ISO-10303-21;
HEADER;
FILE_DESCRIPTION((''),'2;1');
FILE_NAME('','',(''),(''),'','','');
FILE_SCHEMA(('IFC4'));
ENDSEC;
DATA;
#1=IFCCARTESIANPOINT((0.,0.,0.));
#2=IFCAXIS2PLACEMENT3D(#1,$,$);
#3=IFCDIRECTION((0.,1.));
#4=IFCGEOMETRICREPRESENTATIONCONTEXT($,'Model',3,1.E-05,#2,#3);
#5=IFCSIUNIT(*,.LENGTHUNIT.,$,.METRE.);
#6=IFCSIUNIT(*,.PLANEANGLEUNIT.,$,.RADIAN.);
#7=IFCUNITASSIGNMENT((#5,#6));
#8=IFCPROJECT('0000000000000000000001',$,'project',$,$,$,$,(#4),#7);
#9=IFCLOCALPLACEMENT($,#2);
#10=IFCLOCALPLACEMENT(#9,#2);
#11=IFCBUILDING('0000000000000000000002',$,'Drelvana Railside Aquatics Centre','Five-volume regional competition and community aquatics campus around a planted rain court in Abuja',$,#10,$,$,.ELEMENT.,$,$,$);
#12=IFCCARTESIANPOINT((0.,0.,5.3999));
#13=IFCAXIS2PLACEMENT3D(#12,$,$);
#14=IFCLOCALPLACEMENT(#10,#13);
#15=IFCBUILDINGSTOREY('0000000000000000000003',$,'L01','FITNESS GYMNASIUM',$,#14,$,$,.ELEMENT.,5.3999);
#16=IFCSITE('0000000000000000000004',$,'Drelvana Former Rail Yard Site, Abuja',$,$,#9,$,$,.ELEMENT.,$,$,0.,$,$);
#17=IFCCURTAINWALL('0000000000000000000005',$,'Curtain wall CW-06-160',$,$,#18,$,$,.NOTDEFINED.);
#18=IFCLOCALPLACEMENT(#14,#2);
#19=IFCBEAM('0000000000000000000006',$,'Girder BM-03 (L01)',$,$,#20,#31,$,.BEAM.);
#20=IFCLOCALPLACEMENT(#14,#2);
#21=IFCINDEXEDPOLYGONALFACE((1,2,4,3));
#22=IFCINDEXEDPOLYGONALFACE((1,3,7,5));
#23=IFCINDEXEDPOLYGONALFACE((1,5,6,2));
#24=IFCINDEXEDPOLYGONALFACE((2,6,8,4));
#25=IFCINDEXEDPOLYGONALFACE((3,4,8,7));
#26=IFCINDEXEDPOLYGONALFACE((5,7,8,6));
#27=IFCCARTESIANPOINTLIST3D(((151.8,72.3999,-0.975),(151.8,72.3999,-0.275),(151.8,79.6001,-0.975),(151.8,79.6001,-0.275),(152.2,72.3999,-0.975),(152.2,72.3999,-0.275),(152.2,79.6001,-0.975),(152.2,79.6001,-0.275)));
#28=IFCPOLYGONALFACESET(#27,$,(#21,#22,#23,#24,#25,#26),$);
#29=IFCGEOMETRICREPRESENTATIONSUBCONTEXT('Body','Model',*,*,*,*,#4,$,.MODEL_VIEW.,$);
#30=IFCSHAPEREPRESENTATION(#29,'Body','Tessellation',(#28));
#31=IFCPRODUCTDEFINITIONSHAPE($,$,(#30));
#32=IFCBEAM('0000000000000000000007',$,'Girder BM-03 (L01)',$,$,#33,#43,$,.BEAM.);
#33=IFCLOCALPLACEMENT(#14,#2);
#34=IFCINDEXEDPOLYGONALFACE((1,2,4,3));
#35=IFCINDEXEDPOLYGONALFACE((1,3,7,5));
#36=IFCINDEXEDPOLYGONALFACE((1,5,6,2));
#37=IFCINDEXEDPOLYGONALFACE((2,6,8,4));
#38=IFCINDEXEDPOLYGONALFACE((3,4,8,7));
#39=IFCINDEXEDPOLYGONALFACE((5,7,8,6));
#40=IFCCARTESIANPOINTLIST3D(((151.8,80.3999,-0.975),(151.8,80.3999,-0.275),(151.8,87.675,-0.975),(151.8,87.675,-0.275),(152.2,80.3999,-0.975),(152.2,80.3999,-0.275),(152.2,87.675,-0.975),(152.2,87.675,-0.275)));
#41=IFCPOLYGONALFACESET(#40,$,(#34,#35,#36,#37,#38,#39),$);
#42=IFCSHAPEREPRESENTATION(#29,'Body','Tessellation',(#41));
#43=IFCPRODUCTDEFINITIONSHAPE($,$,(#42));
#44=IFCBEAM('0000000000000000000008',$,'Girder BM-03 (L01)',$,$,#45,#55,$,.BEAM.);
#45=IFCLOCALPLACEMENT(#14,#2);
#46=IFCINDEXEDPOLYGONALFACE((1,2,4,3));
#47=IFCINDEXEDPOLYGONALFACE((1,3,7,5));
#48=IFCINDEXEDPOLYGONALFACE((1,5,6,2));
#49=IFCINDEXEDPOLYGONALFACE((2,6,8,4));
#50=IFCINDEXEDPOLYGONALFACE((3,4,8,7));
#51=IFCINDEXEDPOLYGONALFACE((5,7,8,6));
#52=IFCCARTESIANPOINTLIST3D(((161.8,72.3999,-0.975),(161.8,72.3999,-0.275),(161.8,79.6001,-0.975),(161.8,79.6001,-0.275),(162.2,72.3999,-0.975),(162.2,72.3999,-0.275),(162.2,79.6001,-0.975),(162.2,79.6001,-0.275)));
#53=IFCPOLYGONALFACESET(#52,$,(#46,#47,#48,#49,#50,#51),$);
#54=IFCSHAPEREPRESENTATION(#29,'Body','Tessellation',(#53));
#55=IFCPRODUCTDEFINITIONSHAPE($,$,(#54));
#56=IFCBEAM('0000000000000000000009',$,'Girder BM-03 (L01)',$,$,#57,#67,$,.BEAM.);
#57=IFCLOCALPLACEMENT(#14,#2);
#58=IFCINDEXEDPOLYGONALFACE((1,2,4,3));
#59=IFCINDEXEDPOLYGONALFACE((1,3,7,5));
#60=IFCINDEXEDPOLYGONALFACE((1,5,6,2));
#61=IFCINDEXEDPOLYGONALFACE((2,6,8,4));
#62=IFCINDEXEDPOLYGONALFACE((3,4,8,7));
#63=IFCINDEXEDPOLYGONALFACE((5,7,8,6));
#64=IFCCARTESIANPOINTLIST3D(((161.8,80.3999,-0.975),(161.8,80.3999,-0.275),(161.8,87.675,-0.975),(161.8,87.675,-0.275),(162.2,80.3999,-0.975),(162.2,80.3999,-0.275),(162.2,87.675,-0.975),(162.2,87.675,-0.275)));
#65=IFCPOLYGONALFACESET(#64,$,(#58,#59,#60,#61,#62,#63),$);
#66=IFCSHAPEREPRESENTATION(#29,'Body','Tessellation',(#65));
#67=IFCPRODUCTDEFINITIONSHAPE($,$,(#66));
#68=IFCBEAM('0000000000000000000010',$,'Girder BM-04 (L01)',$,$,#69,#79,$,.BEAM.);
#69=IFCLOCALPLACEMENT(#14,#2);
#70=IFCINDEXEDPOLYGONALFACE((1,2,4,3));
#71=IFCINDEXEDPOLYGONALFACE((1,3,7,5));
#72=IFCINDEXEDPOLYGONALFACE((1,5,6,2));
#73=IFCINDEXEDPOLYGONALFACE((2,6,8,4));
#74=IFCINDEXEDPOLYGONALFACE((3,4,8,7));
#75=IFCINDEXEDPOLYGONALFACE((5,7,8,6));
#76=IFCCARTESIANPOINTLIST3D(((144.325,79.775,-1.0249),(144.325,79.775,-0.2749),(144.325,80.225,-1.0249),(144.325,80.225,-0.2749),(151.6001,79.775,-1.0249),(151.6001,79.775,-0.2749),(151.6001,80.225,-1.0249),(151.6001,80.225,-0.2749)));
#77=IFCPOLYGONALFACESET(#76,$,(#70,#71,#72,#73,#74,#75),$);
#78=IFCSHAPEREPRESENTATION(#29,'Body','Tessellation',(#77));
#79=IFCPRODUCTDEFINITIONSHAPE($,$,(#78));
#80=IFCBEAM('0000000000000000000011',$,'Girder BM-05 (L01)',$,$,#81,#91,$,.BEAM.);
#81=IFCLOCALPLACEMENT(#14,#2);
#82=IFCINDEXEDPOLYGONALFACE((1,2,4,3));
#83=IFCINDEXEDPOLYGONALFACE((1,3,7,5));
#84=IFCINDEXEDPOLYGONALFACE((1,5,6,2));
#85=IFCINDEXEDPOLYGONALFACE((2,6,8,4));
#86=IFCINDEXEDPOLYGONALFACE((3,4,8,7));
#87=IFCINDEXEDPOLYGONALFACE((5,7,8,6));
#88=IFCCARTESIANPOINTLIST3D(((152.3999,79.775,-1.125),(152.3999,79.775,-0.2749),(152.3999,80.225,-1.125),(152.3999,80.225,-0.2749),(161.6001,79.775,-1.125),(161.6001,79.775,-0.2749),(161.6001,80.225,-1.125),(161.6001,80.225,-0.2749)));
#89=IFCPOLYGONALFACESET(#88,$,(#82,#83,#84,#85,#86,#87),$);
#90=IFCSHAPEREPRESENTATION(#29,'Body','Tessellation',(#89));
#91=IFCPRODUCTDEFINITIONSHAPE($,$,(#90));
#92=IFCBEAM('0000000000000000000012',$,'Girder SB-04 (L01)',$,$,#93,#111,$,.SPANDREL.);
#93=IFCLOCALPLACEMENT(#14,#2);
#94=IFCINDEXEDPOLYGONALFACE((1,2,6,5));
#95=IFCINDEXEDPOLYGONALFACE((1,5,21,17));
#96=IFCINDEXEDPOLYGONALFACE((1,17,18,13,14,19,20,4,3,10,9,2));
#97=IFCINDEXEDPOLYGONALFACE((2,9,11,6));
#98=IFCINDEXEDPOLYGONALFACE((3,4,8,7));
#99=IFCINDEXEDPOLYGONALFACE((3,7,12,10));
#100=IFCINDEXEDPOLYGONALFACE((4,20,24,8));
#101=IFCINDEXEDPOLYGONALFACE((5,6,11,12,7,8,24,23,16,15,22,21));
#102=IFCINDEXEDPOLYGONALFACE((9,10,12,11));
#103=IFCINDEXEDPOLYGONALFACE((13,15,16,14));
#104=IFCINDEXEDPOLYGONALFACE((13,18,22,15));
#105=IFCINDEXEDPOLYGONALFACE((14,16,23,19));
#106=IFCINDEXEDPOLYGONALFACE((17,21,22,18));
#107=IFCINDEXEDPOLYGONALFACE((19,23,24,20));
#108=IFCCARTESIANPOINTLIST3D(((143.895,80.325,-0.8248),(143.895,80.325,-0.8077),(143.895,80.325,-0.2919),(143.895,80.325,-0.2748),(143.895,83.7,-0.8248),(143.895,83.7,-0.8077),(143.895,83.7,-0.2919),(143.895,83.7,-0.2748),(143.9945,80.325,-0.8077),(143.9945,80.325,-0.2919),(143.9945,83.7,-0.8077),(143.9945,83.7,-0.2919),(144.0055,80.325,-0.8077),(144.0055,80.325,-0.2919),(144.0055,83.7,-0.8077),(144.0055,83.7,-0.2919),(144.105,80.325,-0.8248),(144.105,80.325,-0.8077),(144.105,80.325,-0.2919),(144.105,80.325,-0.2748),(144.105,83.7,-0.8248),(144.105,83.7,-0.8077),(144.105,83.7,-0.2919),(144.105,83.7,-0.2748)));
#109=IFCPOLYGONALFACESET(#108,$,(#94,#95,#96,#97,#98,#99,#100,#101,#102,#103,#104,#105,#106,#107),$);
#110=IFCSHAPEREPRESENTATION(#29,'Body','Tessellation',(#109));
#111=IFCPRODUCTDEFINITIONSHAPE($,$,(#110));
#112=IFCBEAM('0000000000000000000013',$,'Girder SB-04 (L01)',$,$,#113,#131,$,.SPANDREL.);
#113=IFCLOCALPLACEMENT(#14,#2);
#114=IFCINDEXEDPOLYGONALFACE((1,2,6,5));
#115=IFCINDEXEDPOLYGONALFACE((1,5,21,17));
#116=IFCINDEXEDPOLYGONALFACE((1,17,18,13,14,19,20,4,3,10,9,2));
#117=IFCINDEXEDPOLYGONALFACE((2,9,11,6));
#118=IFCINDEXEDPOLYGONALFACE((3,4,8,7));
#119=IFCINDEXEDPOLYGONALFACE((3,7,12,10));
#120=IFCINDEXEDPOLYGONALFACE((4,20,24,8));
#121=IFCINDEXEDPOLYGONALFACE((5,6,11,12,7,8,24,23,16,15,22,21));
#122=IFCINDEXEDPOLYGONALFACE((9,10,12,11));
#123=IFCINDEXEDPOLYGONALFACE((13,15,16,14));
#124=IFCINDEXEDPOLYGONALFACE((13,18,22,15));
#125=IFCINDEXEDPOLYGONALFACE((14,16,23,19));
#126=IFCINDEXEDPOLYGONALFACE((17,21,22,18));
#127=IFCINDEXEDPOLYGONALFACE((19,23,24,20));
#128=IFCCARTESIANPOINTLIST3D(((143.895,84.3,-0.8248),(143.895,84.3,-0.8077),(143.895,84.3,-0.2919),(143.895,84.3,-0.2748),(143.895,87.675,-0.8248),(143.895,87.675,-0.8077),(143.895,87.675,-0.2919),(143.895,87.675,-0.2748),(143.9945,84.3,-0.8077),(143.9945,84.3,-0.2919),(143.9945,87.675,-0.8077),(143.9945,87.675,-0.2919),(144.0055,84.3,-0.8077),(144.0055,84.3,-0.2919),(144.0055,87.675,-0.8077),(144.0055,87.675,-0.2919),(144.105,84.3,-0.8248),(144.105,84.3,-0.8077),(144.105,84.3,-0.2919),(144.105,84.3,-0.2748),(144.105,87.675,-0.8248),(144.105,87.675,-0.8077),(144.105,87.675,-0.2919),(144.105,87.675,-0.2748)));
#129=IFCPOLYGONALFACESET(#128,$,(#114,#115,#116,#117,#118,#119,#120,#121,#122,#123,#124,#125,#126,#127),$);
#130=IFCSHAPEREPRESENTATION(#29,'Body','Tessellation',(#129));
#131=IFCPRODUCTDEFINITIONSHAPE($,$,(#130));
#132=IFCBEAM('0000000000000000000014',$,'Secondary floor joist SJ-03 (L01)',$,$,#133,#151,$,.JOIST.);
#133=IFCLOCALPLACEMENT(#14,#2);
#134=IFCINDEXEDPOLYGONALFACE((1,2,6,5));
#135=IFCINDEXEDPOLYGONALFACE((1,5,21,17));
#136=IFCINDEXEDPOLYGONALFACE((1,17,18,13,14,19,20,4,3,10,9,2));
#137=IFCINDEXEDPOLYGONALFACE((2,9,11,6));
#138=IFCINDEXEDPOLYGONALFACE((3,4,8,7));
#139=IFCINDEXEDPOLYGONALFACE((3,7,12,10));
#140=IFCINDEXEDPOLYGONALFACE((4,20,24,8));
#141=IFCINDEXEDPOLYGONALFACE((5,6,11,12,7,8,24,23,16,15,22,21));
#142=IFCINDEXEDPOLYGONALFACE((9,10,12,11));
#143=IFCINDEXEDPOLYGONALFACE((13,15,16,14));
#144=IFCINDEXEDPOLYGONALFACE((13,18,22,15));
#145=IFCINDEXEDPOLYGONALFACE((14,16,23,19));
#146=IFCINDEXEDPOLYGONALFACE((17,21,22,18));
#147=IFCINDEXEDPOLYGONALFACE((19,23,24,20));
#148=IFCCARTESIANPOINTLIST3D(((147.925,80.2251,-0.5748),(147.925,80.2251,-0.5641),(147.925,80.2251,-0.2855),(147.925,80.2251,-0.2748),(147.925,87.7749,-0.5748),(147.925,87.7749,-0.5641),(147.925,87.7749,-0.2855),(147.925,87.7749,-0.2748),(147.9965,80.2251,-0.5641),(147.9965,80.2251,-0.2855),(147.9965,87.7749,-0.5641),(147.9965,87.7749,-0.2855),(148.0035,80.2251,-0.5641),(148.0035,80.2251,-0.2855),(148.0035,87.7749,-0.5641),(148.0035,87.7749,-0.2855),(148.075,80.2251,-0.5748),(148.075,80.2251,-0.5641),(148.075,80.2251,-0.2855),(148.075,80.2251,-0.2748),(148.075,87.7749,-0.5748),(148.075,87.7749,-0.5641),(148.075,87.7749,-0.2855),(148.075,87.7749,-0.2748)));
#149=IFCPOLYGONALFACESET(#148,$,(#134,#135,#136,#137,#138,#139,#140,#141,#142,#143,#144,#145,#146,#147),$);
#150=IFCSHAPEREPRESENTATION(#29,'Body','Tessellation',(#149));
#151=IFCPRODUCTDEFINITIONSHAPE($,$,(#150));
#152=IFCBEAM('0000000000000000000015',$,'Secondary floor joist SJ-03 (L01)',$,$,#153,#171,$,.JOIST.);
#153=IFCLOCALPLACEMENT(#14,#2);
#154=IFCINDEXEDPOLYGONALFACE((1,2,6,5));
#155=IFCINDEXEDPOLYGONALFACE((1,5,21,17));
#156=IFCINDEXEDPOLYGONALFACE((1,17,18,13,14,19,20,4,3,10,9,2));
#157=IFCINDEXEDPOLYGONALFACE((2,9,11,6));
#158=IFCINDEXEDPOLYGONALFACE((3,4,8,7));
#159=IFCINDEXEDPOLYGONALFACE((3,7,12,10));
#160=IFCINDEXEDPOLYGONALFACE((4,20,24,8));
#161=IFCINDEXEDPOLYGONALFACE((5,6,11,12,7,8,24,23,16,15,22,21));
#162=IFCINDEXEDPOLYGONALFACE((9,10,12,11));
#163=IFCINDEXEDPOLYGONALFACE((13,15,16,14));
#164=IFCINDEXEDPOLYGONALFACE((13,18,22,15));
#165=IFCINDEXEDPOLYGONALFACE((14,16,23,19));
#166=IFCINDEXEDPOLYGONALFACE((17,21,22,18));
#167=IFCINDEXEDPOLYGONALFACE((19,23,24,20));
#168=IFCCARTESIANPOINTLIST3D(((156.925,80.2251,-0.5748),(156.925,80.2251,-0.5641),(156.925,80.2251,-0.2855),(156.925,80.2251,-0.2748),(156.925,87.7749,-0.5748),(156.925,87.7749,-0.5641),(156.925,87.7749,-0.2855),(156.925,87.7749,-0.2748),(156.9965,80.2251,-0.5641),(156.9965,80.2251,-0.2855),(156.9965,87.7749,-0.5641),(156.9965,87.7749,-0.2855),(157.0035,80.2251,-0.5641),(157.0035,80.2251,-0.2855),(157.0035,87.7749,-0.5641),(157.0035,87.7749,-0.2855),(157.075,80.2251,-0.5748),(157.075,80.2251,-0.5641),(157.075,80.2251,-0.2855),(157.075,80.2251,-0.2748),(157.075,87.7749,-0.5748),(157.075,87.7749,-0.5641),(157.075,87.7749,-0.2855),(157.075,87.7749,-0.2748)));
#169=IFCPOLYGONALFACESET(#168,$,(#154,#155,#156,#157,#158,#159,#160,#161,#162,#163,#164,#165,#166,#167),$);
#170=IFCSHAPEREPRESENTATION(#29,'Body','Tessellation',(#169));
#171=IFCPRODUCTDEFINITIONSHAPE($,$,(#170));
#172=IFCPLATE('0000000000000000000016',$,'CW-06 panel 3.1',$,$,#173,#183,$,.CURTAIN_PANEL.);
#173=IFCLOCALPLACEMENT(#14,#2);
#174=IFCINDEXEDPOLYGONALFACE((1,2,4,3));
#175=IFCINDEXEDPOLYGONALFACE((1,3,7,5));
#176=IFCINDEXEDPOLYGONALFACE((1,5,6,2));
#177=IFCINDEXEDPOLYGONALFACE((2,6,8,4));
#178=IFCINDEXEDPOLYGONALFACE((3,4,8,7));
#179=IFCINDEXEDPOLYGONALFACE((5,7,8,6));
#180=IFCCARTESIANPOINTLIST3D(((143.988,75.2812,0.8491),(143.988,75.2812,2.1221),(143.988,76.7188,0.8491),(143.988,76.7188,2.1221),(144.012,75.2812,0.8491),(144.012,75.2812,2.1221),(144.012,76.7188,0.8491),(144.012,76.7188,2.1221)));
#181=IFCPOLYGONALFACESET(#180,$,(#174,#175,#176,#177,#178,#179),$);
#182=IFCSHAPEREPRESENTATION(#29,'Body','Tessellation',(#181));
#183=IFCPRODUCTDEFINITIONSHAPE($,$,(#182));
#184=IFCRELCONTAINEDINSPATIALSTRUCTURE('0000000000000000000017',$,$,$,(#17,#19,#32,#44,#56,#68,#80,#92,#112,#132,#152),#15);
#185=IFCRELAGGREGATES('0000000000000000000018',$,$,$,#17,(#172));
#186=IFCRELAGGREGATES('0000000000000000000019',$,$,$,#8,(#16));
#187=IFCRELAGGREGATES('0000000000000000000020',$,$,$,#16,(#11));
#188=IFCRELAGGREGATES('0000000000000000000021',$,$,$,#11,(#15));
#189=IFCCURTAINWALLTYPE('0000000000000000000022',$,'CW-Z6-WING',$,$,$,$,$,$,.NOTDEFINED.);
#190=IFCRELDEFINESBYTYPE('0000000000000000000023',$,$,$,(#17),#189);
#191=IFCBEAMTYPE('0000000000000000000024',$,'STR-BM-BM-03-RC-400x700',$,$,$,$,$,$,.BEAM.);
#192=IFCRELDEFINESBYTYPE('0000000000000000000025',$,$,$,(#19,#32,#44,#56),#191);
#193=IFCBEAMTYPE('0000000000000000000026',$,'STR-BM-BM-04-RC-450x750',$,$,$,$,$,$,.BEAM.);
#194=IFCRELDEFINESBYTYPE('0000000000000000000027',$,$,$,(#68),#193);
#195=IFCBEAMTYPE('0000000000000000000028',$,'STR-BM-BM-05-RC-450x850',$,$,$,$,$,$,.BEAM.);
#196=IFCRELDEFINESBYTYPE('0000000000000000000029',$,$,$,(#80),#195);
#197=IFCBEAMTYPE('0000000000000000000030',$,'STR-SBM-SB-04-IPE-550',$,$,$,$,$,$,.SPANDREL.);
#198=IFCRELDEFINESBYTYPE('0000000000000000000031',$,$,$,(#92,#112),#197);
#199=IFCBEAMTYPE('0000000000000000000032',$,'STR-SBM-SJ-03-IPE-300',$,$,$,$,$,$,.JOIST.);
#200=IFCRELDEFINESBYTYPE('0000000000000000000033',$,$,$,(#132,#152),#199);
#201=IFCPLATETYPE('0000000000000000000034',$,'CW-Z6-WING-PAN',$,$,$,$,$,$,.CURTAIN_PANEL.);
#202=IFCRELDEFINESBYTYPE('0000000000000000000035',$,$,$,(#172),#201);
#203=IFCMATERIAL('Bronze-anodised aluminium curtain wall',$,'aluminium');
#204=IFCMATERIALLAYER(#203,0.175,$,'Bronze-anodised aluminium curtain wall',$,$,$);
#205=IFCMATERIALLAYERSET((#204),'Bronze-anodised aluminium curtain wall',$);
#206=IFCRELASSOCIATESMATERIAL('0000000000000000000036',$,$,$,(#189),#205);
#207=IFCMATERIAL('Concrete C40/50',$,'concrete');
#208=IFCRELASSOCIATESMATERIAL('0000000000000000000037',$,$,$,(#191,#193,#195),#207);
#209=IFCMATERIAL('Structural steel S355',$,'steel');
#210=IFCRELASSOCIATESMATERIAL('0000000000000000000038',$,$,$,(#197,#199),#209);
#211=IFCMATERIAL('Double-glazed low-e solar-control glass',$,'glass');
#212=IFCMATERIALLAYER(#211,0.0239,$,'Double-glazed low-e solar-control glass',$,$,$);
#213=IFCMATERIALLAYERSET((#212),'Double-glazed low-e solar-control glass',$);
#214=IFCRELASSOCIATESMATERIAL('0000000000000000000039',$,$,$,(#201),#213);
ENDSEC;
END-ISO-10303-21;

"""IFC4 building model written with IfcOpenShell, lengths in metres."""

from ifc_helpers import new_model, si_unit, direction, frame, origin, origin_2d, place, context, subcontext, project, spatial, rectangle, i_section, extrude, material, layer, layer_set, material_profile, profile_set, type_object, element, aggregate, save


model = new_model("IFC4")

# Units and contexts
model_context = context("Model", 3, precision=1e-05, world=origin(), true_north=direction((0.0, 1.0)))
body_context = subcontext(model_context, "Body", "Model", "MODEL_VIEW")
ifc_project = project(units=[si_unit("LENGTHUNIT", "METRE"), si_unit("PLANEANGLEUNIT", "RADIAN")], contexts=[model_context])

# Site, building, storey
site_placement = place(None, origin())
site = spatial("IfcSite", under=ifc_project, at=site_placement, Name="Drelvana Former Rail Yard Site, Abuja", CompositionType="ELEMENT", RefElevation=0.0)
building_placement = place(site_placement, origin())
building = spatial("IfcBuilding", under=site, at=building_placement, Name="Drelvana Railside Aquatics Centre", Description="Five-volume regional competition and community aquatics campus around a planted rain court in Abuja", CompositionType="ELEMENT")
storey_placement = place(building_placement, frame((0.0, 0.0, 5.3999)))
storey = spatial("IfcBuildingStorey", under=building, at=storey_placement, Name="L01", Description="FITNESS GYMNASIUM", CompositionType="ELEMENT", Elevation=5.3999)

# Shared definitions
ifc_material_1 = material(Name="Concrete C40/50", Category="concrete")

# Curtain wall
ifc_material_2 = material(Name="Bronze-anodised aluminium curtain wall", Category="aluminium")
ifc_layer_1 = layer(ifc_material_2, 0.175, Name="Bronze-anodised aluminium curtain wall")
ifc_layer_set_1 = layer_set([ifc_layer_1], Name="Bronze-anodised aluminium curtain wall")
curtain_wall_type = type_object("IfcCurtainWallType", Name="CW-Z6-WING", PredefinedType="NOTDEFINED", material=ifc_layer_set_1)
curtain_wall_placement = place(storey_placement, origin())
curtain_wall = element("IfcCurtainWall", 1, at=curtain_wall_placement, inside=storey, type_object=curtain_wall_type, Name="Curtain wall CW-06-160", PredefinedType="NOTDEFINED")

# Beams
ifc_material_profile_1 = material_profile(ifc_material_1, rectangle(XDim=0.3999, YDim=0.7, at=origin_2d()), Name="RC 400x700")
ifc_profile_set_1 = profile_set([ifc_material_profile_1], Name="Concrete C40/50")
beam_type_1 = type_object("IfcBeamType", Name="STR-BM-BM-03-RC-400x700", PredefinedType="BEAM", material=ifc_profile_set_1)
beam_1_placement = place(storey_placement, frame((152.0, 72.3999, -0.625), z_axis=(0.0, 1.0, 0.0), x_axis=(-1.0, 0.0, 0.0)))
element("IfcBeam", 2, at=beam_1_placement, inside=storey, type_object=beam_type_1, Name="Girder BM-03 (L01)", PredefinedType="BEAM", context=body_context, shape_type="SweptSolid", body=[
    extrude(rectangle(XDim=0.3999, YDim=0.7, at=origin_2d()), origin(), (0.0, 0.0, 1.0), 7.2002),
])
beam_2_placement = place(storey_placement, frame((152.0, 80.3999, -0.625), z_axis=(0.0, 1.0, 0.0), x_axis=(-1.0, 0.0, 0.0)))
element("IfcBeam", 3, at=beam_2_placement, inside=storey, type_object=beam_type_1, Name="Girder BM-03 (L01)", PredefinedType="BEAM", context=body_context, shape_type="SweptSolid", body=[
    extrude(rectangle(XDim=0.3999, YDim=0.7, at=origin_2d()), origin(), (0.0, 0.0, 1.0), 7.2751),
])
beam_3_placement = place(storey_placement, frame((162.0, 72.3999, -0.625), z_axis=(0.0, 1.0, 0.0), x_axis=(-1.0, 0.0, 0.0)))
element("IfcBeam", 4, at=beam_3_placement, inside=storey, type_object=beam_type_1, Name="Girder BM-03 (L01)", PredefinedType="BEAM", context=body_context, shape_type="SweptSolid", body=[
    extrude(rectangle(XDim=0.3999, YDim=0.7, at=origin_2d()), origin(), (0.0, 0.0, 1.0), 7.2002),
])
beam_4_placement = place(storey_placement, frame((162.0, 80.3999, -0.625), z_axis=(0.0, 1.0, 0.0), x_axis=(-1.0, 0.0, 0.0)))
element("IfcBeam", 5, at=beam_4_placement, inside=storey, type_object=beam_type_1, Name="Girder BM-03 (L01)", PredefinedType="BEAM", context=body_context, shape_type="SweptSolid", body=[
    extrude(rectangle(XDim=0.3999, YDim=0.7, at=origin_2d()), origin(), (0.0, 0.0, 1.0), 7.2751),
])
ifc_material_profile_2 = material_profile(ifc_material_1, rectangle(XDim=0.45, YDim=0.75, at=origin_2d()), Name="RC 450x750")
ifc_profile_set_2 = profile_set([ifc_material_profile_2], Name="Concrete C40/50")
beam_type_2 = type_object("IfcBeamType", Name="STR-BM-BM-04-RC-450x750", PredefinedType="BEAM", material=ifc_profile_set_2)
beam_5_placement = place(storey_placement, frame((144.325, 80.0, -0.6499), z_axis=(1.0, 0.0, 0.0), x_axis=(0.0, 1.0, 0.0)))
element("IfcBeam", 6, at=beam_5_placement, inside=storey, type_object=beam_type_2, Name="Girder BM-04 (L01)", PredefinedType="BEAM", context=body_context, shape_type="SweptSolid", body=[
    extrude(rectangle(XDim=0.45, YDim=0.75, at=origin_2d()), origin(), (0.0, 0.0, 1.0), 7.2751),
])
ifc_material_profile_3 = material_profile(ifc_material_1, rectangle(XDim=0.45, YDim=0.8501, at=origin_2d()), Name="RC 450x850")
ifc_profile_set_3 = profile_set([ifc_material_profile_3], Name="Concrete C40/50")
beam_type_3 = type_object("IfcBeamType", Name="STR-BM-BM-05-RC-450x850", PredefinedType="BEAM", material=ifc_profile_set_3)
beam_6_placement = place(storey_placement, frame((152.3999, 80.0, -0.7), z_axis=(1.0, 0.0, 0.0), x_axis=(0.0, 1.0, 0.0)))
element("IfcBeam", 7, at=beam_6_placement, inside=storey, type_object=beam_type_3, Name="Girder BM-05 (L01)", PredefinedType="BEAM", context=body_context, shape_type="SweptSolid", body=[
    extrude(rectangle(XDim=0.45, YDim=0.8501, at=origin_2d()), origin(), (0.0, 0.0, 1.0), 9.2002),
])
ifc_material_3 = material(Name="Structural steel S355", Category="steel")
ifc_material_profile_4 = material_profile(ifc_material_3, i_section(OverallWidth=0.21, OverallDepth=0.55, WebThickness=0.011, FlangeThickness=0.0171, at=origin_2d()), Name="IPE 550")
ifc_profile_set_4 = profile_set([ifc_material_profile_4], Name="Structural steel S355")
beam_type_4 = type_object("IfcBeamType", Name="STR-SBM-SB-04-IPE-550", PredefinedType="SPANDREL", material=ifc_profile_set_4)
for number, where, z_axis, x_axis, name in (
    (8, (144.0, 80.325, -0.5498), (0.0, 1.0, 0.0), (-1.0, 0.0, 0.0), "Girder SB-04 (L01)"),
    (9, (144.0, 84.3, -0.5498), (0.0, 1.0, 0.0), (-1.0, 0.0, 0.0), "Girder SB-04 (L01)"),
):
    element("IfcBeam", number, at=place(storey_placement, frame(where, z_axis=z_axis, x_axis=x_axis)), inside=storey, type_object=beam_type_4, Name=name, PredefinedType="SPANDREL", context=body_context, shape_type="SweptSolid", body=[
        extrude(i_section(OverallWidth=0.21, OverallDepth=0.55, WebThickness=0.011, FlangeThickness=0.0171, at=origin_2d()), origin(), (0.0, 0.0, 1.0), 3.375),
    ])
ifc_material_profile_5 = material_profile(ifc_material_3, i_section(OverallWidth=0.1499, OverallDepth=0.3, WebThickness=0.0071, FlangeThickness=0.0107, at=origin_2d()), Name="IPE 300")
ifc_profile_set_5 = profile_set([ifc_material_profile_5], Name="Structural steel S355")
beam_type_5 = type_object("IfcBeamType", Name="STR-SBM-SJ-03-IPE-300", PredefinedType="JOIST", material=ifc_profile_set_5)
for number, where, z_axis, x_axis, name in (
    (10, (148.0, 80.2251, -0.4248), (0.0, 1.0, 0.0), (-1.0, 0.0, 0.0), "Secondary floor joist SJ-03 (L01)"),
    (11, (157.0, 80.2251, -0.4248), (0.0, 1.0, 0.0), (-1.0, 0.0, 0.0), "Secondary floor joist SJ-03 (L01)"),
):
    element("IfcBeam", number, at=place(storey_placement, frame(where, z_axis=z_axis, x_axis=x_axis)), inside=storey, type_object=beam_type_5, Name=name, PredefinedType="JOIST", context=body_context, shape_type="SweptSolid", body=[
        extrude(i_section(OverallWidth=0.1499, OverallDepth=0.3, WebThickness=0.0071, FlangeThickness=0.0107, at=origin_2d()), origin(), (0.0, 0.0, 1.0), 7.5498),
    ])

# Plate
ifc_material_4 = material(Name="Double-glazed low-e solar-control glass", Category="glass")
ifc_layer_2 = layer(ifc_material_4, 0.0239, Name="Double-glazed low-e solar-control glass")
ifc_layer_set_2 = layer_set([ifc_layer_2], Name="Double-glazed low-e solar-control glass")
plate_type = type_object("IfcPlateType", Name="CW-Z6-WING-PAN", PredefinedType="CURTAIN_PANEL", material=ifc_layer_set_2)
plate_1_placement = place(storey_placement, frame((144.0, 76.0, 0.8491), z_axis=(0.0, 0.0, 1.0), x_axis=(0.0, 1.0, 0.0)))
plate_1 = element("IfcPlate", 12, at=plate_1_placement, type_object=plate_type, Name="CW-06 panel 3.1", PredefinedType="CURTAIN_PANEL", context=body_context, shape_type="SweptSolid", body=[
    extrude(rectangle(XDim=1.4375, YDim=0.0239, at=origin_2d()), origin(), (0.0, 0.0, 1.0), 1.2729),
])
aggregate(curtain_wall, [plate_1])

save(model, "model.ifc")
